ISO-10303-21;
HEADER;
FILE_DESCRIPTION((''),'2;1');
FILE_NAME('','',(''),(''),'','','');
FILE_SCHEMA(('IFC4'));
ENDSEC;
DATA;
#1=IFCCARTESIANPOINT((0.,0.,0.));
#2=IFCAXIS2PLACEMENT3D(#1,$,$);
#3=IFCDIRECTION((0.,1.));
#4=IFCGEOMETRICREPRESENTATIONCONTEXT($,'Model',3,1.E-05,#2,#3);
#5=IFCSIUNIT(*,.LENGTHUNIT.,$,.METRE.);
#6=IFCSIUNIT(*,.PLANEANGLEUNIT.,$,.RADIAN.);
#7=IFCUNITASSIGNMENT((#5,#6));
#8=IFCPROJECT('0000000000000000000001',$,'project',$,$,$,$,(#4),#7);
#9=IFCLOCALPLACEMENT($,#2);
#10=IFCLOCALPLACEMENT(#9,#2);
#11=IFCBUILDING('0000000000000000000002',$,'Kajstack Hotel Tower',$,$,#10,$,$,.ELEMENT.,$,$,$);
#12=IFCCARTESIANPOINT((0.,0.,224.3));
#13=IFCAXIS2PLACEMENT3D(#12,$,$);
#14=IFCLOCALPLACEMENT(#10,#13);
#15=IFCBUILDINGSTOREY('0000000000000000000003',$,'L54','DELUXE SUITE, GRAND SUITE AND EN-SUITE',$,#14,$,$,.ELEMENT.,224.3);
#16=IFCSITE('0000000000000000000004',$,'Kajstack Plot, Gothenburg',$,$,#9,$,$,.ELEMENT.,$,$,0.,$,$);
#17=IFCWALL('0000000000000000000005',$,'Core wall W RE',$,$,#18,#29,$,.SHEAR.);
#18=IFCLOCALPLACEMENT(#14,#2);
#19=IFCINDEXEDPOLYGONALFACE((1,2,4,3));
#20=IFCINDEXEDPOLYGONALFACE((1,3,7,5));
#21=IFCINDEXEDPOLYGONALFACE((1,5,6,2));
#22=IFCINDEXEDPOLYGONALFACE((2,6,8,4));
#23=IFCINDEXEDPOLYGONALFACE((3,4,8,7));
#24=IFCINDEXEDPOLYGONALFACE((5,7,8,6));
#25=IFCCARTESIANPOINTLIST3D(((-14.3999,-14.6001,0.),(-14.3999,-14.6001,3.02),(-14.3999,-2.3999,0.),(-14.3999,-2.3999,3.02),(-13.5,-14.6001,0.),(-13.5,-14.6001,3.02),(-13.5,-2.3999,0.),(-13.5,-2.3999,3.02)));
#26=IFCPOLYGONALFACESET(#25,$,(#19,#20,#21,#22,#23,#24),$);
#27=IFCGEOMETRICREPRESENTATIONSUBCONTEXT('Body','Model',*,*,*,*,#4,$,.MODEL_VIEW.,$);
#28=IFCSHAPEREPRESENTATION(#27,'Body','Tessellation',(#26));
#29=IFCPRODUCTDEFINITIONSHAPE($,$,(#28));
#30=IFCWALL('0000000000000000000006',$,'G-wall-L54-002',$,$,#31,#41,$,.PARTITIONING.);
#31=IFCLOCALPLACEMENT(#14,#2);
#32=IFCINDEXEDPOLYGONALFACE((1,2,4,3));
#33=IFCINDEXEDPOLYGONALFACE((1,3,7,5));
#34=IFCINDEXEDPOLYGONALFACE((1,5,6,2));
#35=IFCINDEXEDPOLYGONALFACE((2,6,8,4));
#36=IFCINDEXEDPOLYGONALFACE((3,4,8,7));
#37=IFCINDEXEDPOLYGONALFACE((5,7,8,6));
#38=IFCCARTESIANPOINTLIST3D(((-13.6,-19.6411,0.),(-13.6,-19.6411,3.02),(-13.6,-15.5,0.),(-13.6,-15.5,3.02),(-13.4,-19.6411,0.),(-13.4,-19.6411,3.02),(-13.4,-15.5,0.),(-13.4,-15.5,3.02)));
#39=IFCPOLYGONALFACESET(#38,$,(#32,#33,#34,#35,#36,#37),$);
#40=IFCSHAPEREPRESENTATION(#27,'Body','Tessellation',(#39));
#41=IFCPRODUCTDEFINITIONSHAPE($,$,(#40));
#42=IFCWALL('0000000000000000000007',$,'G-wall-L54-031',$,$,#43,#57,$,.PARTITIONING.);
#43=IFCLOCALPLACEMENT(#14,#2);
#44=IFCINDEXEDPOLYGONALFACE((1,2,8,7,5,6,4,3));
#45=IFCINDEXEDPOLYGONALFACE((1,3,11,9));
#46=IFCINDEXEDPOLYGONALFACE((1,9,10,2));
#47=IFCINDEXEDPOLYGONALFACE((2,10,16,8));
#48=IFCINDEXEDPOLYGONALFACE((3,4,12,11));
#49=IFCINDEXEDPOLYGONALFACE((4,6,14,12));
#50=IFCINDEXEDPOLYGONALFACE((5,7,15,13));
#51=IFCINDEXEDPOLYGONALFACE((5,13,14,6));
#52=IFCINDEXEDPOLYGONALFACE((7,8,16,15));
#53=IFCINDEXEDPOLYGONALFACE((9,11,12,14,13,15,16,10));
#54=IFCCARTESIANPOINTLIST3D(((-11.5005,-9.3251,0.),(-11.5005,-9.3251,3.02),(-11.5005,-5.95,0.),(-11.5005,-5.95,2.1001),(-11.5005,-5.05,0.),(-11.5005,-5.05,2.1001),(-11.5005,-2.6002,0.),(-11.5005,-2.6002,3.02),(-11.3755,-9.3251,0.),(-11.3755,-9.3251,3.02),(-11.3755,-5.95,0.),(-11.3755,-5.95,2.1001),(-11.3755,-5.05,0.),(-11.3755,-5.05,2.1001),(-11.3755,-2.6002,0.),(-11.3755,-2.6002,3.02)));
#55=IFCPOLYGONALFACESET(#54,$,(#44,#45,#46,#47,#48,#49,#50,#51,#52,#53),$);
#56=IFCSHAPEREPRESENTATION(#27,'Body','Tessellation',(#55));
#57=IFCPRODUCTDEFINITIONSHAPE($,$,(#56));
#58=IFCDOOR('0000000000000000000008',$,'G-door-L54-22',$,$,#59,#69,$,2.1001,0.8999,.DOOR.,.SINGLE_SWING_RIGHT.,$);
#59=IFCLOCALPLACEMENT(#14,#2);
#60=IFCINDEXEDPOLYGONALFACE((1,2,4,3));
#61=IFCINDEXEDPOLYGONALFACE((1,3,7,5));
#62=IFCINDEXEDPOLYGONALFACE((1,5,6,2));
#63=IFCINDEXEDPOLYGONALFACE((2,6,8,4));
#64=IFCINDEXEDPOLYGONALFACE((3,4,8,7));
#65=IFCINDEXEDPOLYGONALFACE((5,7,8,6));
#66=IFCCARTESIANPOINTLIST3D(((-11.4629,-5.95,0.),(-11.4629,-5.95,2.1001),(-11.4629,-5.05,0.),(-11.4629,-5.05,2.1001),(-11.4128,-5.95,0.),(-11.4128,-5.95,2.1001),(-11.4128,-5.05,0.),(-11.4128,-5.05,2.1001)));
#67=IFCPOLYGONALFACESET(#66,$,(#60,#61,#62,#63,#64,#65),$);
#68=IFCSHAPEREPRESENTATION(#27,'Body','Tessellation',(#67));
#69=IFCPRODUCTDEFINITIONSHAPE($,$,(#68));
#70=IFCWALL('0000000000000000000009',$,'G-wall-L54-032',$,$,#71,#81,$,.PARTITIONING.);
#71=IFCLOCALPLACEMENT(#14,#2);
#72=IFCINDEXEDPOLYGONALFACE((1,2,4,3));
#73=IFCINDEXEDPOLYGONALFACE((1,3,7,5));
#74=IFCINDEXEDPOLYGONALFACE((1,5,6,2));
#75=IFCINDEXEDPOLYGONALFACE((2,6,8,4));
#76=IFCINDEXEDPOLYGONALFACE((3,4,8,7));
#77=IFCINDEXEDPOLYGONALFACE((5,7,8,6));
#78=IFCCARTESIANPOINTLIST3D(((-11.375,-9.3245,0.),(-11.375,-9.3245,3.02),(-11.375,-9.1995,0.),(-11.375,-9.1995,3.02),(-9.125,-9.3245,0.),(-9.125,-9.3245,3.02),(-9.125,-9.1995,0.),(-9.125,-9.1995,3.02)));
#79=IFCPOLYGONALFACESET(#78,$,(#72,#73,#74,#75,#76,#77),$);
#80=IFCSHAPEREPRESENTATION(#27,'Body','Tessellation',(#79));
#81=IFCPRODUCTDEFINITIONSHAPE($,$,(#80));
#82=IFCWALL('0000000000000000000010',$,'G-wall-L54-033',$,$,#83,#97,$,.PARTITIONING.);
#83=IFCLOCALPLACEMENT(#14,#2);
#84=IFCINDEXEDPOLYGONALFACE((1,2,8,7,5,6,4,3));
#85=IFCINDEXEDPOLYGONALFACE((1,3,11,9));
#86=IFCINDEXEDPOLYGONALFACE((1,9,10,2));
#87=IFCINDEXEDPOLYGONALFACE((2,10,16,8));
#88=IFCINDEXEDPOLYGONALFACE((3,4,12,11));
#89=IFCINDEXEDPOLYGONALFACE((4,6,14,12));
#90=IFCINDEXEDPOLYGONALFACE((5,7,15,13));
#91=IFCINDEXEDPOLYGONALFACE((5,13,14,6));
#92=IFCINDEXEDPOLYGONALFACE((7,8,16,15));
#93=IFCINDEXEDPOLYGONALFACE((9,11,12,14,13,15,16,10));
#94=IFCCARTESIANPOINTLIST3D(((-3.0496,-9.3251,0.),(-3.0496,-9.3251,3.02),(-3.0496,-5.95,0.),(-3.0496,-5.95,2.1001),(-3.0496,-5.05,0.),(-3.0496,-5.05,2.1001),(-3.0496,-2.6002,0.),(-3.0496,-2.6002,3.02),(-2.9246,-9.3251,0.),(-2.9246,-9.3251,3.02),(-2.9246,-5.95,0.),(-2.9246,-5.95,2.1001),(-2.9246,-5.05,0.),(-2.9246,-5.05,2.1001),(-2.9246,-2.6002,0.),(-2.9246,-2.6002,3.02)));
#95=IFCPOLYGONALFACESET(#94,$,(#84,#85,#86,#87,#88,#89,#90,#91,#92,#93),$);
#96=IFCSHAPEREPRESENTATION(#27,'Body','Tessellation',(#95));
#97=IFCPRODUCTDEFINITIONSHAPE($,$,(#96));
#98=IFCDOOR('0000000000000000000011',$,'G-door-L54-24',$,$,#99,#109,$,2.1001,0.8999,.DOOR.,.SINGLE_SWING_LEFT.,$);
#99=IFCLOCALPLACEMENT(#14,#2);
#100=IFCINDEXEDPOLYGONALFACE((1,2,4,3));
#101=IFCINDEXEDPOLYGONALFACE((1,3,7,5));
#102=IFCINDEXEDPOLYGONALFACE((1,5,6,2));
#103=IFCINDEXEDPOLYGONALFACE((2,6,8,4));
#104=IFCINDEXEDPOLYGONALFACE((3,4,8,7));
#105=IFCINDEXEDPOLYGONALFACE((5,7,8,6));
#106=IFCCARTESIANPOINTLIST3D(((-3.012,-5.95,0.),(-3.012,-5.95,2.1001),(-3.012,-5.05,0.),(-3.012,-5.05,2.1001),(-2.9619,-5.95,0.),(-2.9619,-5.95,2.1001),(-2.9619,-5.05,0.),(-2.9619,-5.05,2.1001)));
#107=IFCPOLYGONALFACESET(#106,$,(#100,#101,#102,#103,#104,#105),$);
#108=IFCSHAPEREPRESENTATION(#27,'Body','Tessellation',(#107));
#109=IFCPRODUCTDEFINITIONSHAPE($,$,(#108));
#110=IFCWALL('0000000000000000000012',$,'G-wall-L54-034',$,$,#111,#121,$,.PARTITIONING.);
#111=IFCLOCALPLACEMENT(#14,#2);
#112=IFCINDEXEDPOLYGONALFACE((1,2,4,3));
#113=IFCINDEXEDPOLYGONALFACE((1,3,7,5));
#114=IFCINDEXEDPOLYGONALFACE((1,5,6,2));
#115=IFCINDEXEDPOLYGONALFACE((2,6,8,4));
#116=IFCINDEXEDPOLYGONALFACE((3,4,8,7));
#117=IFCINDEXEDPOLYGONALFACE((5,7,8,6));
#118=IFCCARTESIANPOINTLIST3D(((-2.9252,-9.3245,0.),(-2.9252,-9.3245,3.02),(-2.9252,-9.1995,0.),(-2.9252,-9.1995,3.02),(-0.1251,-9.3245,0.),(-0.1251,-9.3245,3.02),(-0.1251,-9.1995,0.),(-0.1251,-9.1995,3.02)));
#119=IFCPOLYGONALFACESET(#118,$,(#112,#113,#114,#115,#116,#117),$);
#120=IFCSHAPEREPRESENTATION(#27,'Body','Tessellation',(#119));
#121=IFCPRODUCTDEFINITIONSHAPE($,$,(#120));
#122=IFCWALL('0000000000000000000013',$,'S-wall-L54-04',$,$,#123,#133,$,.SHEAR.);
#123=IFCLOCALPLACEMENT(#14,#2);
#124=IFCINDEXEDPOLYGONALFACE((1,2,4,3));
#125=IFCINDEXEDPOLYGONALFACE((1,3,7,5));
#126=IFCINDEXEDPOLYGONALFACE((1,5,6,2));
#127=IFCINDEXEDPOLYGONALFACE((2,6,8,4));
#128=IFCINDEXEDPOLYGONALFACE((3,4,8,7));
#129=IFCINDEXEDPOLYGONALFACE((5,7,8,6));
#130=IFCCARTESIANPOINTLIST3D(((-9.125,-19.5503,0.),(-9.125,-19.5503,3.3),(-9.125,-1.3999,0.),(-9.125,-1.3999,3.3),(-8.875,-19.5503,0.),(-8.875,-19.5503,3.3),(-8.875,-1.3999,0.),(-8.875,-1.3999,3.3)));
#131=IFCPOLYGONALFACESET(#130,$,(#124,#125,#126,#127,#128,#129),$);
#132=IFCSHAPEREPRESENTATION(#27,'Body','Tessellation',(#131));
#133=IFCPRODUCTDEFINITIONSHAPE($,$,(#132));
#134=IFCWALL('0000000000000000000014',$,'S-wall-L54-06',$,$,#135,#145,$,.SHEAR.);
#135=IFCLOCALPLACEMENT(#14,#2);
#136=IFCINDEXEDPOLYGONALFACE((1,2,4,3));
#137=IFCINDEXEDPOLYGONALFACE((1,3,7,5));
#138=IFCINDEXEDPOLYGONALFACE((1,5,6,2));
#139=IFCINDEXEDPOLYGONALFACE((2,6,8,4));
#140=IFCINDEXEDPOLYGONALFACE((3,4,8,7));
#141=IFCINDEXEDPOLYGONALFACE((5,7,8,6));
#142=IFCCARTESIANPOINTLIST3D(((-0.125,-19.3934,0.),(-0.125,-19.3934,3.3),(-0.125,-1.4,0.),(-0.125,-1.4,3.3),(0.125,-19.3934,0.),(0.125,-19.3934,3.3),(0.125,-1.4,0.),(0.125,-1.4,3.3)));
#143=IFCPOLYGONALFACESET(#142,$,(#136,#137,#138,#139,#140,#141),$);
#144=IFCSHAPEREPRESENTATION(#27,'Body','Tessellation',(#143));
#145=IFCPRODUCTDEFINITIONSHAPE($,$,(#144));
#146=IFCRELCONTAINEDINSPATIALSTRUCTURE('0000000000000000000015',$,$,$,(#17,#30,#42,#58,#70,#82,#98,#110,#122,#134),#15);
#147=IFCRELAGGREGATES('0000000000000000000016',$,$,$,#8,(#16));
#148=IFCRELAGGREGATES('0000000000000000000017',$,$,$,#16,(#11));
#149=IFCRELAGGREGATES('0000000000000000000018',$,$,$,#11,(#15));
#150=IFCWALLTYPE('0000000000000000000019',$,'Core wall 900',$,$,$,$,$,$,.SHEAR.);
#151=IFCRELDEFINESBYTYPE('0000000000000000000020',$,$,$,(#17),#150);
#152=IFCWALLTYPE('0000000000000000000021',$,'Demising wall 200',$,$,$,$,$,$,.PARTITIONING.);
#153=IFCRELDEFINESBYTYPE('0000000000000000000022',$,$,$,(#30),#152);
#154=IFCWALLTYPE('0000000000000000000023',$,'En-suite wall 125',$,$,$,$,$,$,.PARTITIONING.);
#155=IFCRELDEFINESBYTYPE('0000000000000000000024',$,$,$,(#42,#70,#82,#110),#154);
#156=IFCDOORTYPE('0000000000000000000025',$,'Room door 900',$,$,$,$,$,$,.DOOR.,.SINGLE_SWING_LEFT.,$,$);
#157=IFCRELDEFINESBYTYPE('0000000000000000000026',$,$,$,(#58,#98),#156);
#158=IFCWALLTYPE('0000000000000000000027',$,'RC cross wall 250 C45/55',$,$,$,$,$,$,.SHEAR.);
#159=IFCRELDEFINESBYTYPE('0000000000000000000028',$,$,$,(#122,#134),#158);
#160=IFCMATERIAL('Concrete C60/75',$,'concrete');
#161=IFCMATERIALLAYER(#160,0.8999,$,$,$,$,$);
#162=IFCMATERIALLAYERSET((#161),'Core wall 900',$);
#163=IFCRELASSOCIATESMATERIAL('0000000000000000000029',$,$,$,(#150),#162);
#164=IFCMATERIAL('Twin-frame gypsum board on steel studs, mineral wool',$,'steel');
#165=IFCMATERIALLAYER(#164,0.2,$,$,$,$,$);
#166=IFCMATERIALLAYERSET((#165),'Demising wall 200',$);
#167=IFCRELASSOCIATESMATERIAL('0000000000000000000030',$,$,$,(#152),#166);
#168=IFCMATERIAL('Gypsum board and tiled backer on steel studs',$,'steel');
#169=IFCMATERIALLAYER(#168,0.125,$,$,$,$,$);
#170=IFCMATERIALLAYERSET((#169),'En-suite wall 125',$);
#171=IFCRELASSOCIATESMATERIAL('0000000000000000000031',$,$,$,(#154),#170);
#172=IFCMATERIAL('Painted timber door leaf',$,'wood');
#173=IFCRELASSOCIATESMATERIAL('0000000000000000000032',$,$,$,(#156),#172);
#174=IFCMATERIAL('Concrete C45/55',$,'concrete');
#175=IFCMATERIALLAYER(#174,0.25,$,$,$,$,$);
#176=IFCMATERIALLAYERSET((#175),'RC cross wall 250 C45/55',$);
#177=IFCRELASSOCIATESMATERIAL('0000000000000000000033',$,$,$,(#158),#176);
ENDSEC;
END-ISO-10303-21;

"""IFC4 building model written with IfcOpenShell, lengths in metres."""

from ifc_helpers import new_model, si_unit, direction, frame, frame_2d, origin, place, context, subcontext, project, spatial, rectangle, extrude, material, layer, layer_set, type_object, element, fill, save


model = new_model("IFC4")

# Units and contexts
model_context = context("Model", 3, precision=1e-05, world=origin(), true_north=direction((0.0, 1.0)))
body_context = subcontext(model_context, "Body", "Model", "MODEL_VIEW")
ifc_project = project(units=[si_unit("LENGTHUNIT", "METRE"), si_unit("PLANEANGLEUNIT", "RADIAN")], contexts=[model_context])

# Site, building, storey
site_placement = place(None, origin())
site = spatial("IfcSite", under=ifc_project, at=site_placement, Name="Kajstack Plot, Gothenburg", CompositionType="ELEMENT", RefElevation=0.0)
building_placement = place(site_placement, origin())
building = spatial("IfcBuilding", under=site, at=building_placement, Name="Kajstack Hotel Tower", CompositionType="ELEMENT")
storey_placement = place(building_placement, frame((0.0, 0.0, 224.3)))
storey = spatial("IfcBuildingStorey", under=building, at=storey_placement, Name="L54", Description="DELUXE SUITE, GRAND SUITE AND EN-SUITE", CompositionType="ELEMENT", Elevation=224.3)

# Walls
ifc_material_1 = material(Name="Concrete C60/75", Category="concrete")
ifc_layer_1 = layer(ifc_material_1, 0.8999)
ifc_layer_set_1 = layer_set([ifc_layer_1], Name="Core wall 900")
wall_type_1 = type_object("IfcWallType", Name="Core wall 900", PredefinedType="SHEAR", material=ifc_layer_set_1)
wall_1_placement = place(storey_placement, frame((-13.95, -14.6001, 0.0), z_axis=(0.0, 0.0, 1.0), x_axis=(0.0, 1.0, 0.0)))
element("IfcWall", 1, at=wall_1_placement, inside=storey, type_object=wall_type_1, Name="Core wall W RE", PredefinedType="SHEAR", context=body_context, shape_type="SweptSolid", body=[
    extrude(rectangle(XDim=12.2002, YDim=0.8999, at=frame_2d((6.1001, 0.0))), origin(), (0.0, 0.0, 1.0), 3.02),
])
ifc_material_2 = material(Name="Twin-frame gypsum board on steel studs, mineral wool", Category="steel")
ifc_layer_2 = layer(ifc_material_2, 0.2)
ifc_layer_set_2 = layer_set([ifc_layer_2], Name="Demising wall 200")
wall_type_2 = type_object("IfcWallType", Name="Demising wall 200", PredefinedType="PARTITIONING", material=ifc_layer_set_2)
wall_2_placement = place(storey_placement, frame((-13.5, -19.6411, 0.0), z_axis=(0.0, 0.0, 1.0), x_axis=(0.0, 1.0, 0.0)))
element("IfcWall", 2, at=wall_2_placement, inside=storey, type_object=wall_type_2, Name="G-wall-L54-002", PredefinedType="PARTITIONING", context=body_context, shape_type="SweptSolid", body=[
    extrude(rectangle(XDim=4.1411, YDim=0.2, at=frame_2d((2.0706, 0.0))), origin(), (0.0, 0.0, 1.0), 3.02),
])

# Wall, opening, door
ifc_material_3 = material(Name="Gypsum board and tiled backer on steel studs", Category="steel")
ifc_layer_3 = layer(ifc_material_3, 0.125)
ifc_layer_set_3 = layer_set([ifc_layer_3], Name="En-suite wall 125")
wall_type_3 = type_object("IfcWallType", Name="En-suite wall 125", PredefinedType="PARTITIONING", material=ifc_layer_set_3)
wall_3_placement = place(storey_placement, frame((-11.438, -9.325, 0.0), z_axis=(0.0, 0.0, 1.0), x_axis=(0.0, 1.0, 0.0)))
wall_3 = element("IfcWall", 3, at=wall_3_placement, inside=storey, type_object=wall_type_3, Name="G-wall-L54-031", PredefinedType="PARTITIONING", context=body_context, shape_type="SweptSolid", body=[
    extrude(rectangle(XDim=6.7249, YDim=0.125, at=frame_2d((3.3623, 0.0))), origin(), (0.0, 0.0, 1.0), 3.02),
])
opening_1_placement = place(wall_3_placement, frame((3.375, 0.0, 0.0)))
opening_1 = element("IfcOpeningElement", 4, at=opening_1_placement, cuts=wall_3, PredefinedType="OPENING", context=body_context, shape_type="SweptSolid", body=[
    extrude(rectangle(XDim=0.8999, YDim=2.1001, at=frame_2d((0.45, 1.05))), frame((0.0, 0.0725, 0.0), z_axis=(0.0, -1.0, 0.0), x_axis=(1.0, 0.0, 0.0)), (0.0, 0.0, 1.0), 0.145),
])
ifc_material_4 = material(Name="Painted timber door leaf", Category="wood")
door_type = type_object("IfcDoorType", Name="Room door 900", OperationType="SINGLE_SWING_LEFT", PredefinedType="DOOR", material=ifc_material_4)
door_1_placement = place(opening_1_placement, origin())
door_1 = element("IfcDoor", 5, at=door_1_placement, inside=storey, type_object=door_type, Name="G-door-L54-22", OperationType="SINGLE_SWING_RIGHT", OverallHeight=2.1001, OverallWidth=0.8999, PredefinedType="DOOR", context=body_context, shape_type="SweptSolid", body=[
    extrude(rectangle(XDim=0.8999, YDim=2.1001, at=frame_2d((0.45, 1.05))), frame((0.0, 0.0249, 0.0), z_axis=(0.0, -1.0, 0.0), x_axis=(1.0, 0.0, 0.0)), (0.0, 0.0, 1.0), 0.05),
])
fill(opening_1, door_1)

# Wall
wall_4_placement = place(storey_placement, frame((-11.375, -9.262, 0.0), z_axis=(0.0, 0.0, 1.0), x_axis=(1.0, 0.0, 0.0)))
element("IfcWall", 6, at=wall_4_placement, inside=storey, type_object=wall_type_3, Name="G-wall-L54-032", PredefinedType="PARTITIONING", context=body_context, shape_type="SweptSolid", body=[
    extrude(rectangle(XDim=2.25, YDim=0.125, at=frame_2d((1.125, 0.0))), origin(), (0.0, 0.0, 1.0), 3.02),
])

# Wall, opening, door
wall_5_placement = place(storey_placement, frame((-2.9871, -9.325, 0.0), z_axis=(0.0, 0.0, 1.0), x_axis=(0.0, 1.0, 0.0)))
wall_5 = element("IfcWall", 7, at=wall_5_placement, inside=storey, type_object=wall_type_3, Name="G-wall-L54-033", PredefinedType="PARTITIONING", context=body_context, shape_type="SweptSolid", body=[
    extrude(rectangle(XDim=6.7249, YDim=0.125, at=frame_2d((3.3623, 0.0))), origin(), (0.0, 0.0, 1.0), 3.02),
])
opening_2_placement = place(wall_5_placement, frame((3.375, 0.0, 0.0)))
opening_2 = element("IfcOpeningElement", 8, at=opening_2_placement, cuts=wall_5, PredefinedType="OPENING", context=body_context, shape_type="SweptSolid", body=[
    extrude(rectangle(XDim=0.8999, YDim=2.1001, at=frame_2d((0.45, 1.05))), frame((0.0, 0.0725, 0.0), z_axis=(0.0, -1.0, 0.0), x_axis=(1.0, 0.0, 0.0)), (0.0, 0.0, 1.0), 0.145),
])
door_2_placement = place(opening_2_placement, origin())
door_2 = element("IfcDoor", 9, at=door_2_placement, inside=storey, type_object=door_type, Name="G-door-L54-24", OperationType="SINGLE_SWING_LEFT", OverallHeight=2.1001, OverallWidth=0.8999, PredefinedType="DOOR", context=body_context, shape_type="SweptSolid", body=[
    extrude(rectangle(XDim=0.8999, YDim=2.1001, at=frame_2d((0.45, 1.05))), frame((0.0, 0.0249, 0.0), z_axis=(0.0, -1.0, 0.0), x_axis=(1.0, 0.0, 0.0)), (0.0, 0.0, 1.0), 0.05),
])
fill(opening_2, door_2)

# Walls
wall_6_placement = place(storey_placement, frame((-2.925, -9.262, 0.0), z_axis=(0.0, 0.0, 1.0), x_axis=(1.0, 0.0, 0.0)))
element("IfcWall", 10, at=wall_6_placement, inside=storey, type_object=wall_type_3, Name="G-wall-L54-034", PredefinedType="PARTITIONING", context=body_context, shape_type="SweptSolid", body=[
    extrude(rectangle(XDim=2.8, YDim=0.125, at=frame_2d((1.3999, 0.0))), origin(), (0.0, 0.0, 1.0), 3.02),
])
ifc_material_5 = material(Name="Concrete C45/55", Category="concrete")
ifc_layer_4 = layer(ifc_material_5, 0.25)
ifc_layer_set_4 = layer_set([ifc_layer_4], Name="RC cross wall 250 C45/55")
wall_type_4 = type_object("IfcWallType", Name="RC cross wall 250 C45/55", PredefinedType="SHEAR", material=ifc_layer_set_4)
wall_7_placement = place(storey_placement, frame((-9.0, -19.5503, 0.0), z_axis=(0.0, 0.0, 1.0), x_axis=(0.0, 1.0, 0.0)))
element("IfcWall", 11, at=wall_7_placement, inside=storey, type_object=wall_type_4, Name="S-wall-L54-04", PredefinedType="SHEAR", context=body_context, shape_type="SweptSolid", body=[
    extrude(rectangle(XDim=18.1504, YDim=0.25, at=frame_2d((9.0752, 0.0))), origin(), (0.0, 0.0, 1.0), 3.3),
])
wall_8_placement = place(storey_placement, frame((0.0, -19.3933, 0.0), z_axis=(0.0, 0.0, 1.0), x_axis=(0.0, 1.0, 0.0)))
element("IfcWall", 12, at=wall_8_placement, inside=storey, type_object=wall_type_4, Name="S-wall-L54-06", PredefinedType="SHEAR", context=body_context, shape_type="SweptSolid", body=[
    extrude(rectangle(XDim=17.9934, YDim=0.25, at=frame_2d((8.9966, 0.0))), origin(), (0.0, 0.0, 1.0), 3.3),
])

save(model, "model.ifc")
